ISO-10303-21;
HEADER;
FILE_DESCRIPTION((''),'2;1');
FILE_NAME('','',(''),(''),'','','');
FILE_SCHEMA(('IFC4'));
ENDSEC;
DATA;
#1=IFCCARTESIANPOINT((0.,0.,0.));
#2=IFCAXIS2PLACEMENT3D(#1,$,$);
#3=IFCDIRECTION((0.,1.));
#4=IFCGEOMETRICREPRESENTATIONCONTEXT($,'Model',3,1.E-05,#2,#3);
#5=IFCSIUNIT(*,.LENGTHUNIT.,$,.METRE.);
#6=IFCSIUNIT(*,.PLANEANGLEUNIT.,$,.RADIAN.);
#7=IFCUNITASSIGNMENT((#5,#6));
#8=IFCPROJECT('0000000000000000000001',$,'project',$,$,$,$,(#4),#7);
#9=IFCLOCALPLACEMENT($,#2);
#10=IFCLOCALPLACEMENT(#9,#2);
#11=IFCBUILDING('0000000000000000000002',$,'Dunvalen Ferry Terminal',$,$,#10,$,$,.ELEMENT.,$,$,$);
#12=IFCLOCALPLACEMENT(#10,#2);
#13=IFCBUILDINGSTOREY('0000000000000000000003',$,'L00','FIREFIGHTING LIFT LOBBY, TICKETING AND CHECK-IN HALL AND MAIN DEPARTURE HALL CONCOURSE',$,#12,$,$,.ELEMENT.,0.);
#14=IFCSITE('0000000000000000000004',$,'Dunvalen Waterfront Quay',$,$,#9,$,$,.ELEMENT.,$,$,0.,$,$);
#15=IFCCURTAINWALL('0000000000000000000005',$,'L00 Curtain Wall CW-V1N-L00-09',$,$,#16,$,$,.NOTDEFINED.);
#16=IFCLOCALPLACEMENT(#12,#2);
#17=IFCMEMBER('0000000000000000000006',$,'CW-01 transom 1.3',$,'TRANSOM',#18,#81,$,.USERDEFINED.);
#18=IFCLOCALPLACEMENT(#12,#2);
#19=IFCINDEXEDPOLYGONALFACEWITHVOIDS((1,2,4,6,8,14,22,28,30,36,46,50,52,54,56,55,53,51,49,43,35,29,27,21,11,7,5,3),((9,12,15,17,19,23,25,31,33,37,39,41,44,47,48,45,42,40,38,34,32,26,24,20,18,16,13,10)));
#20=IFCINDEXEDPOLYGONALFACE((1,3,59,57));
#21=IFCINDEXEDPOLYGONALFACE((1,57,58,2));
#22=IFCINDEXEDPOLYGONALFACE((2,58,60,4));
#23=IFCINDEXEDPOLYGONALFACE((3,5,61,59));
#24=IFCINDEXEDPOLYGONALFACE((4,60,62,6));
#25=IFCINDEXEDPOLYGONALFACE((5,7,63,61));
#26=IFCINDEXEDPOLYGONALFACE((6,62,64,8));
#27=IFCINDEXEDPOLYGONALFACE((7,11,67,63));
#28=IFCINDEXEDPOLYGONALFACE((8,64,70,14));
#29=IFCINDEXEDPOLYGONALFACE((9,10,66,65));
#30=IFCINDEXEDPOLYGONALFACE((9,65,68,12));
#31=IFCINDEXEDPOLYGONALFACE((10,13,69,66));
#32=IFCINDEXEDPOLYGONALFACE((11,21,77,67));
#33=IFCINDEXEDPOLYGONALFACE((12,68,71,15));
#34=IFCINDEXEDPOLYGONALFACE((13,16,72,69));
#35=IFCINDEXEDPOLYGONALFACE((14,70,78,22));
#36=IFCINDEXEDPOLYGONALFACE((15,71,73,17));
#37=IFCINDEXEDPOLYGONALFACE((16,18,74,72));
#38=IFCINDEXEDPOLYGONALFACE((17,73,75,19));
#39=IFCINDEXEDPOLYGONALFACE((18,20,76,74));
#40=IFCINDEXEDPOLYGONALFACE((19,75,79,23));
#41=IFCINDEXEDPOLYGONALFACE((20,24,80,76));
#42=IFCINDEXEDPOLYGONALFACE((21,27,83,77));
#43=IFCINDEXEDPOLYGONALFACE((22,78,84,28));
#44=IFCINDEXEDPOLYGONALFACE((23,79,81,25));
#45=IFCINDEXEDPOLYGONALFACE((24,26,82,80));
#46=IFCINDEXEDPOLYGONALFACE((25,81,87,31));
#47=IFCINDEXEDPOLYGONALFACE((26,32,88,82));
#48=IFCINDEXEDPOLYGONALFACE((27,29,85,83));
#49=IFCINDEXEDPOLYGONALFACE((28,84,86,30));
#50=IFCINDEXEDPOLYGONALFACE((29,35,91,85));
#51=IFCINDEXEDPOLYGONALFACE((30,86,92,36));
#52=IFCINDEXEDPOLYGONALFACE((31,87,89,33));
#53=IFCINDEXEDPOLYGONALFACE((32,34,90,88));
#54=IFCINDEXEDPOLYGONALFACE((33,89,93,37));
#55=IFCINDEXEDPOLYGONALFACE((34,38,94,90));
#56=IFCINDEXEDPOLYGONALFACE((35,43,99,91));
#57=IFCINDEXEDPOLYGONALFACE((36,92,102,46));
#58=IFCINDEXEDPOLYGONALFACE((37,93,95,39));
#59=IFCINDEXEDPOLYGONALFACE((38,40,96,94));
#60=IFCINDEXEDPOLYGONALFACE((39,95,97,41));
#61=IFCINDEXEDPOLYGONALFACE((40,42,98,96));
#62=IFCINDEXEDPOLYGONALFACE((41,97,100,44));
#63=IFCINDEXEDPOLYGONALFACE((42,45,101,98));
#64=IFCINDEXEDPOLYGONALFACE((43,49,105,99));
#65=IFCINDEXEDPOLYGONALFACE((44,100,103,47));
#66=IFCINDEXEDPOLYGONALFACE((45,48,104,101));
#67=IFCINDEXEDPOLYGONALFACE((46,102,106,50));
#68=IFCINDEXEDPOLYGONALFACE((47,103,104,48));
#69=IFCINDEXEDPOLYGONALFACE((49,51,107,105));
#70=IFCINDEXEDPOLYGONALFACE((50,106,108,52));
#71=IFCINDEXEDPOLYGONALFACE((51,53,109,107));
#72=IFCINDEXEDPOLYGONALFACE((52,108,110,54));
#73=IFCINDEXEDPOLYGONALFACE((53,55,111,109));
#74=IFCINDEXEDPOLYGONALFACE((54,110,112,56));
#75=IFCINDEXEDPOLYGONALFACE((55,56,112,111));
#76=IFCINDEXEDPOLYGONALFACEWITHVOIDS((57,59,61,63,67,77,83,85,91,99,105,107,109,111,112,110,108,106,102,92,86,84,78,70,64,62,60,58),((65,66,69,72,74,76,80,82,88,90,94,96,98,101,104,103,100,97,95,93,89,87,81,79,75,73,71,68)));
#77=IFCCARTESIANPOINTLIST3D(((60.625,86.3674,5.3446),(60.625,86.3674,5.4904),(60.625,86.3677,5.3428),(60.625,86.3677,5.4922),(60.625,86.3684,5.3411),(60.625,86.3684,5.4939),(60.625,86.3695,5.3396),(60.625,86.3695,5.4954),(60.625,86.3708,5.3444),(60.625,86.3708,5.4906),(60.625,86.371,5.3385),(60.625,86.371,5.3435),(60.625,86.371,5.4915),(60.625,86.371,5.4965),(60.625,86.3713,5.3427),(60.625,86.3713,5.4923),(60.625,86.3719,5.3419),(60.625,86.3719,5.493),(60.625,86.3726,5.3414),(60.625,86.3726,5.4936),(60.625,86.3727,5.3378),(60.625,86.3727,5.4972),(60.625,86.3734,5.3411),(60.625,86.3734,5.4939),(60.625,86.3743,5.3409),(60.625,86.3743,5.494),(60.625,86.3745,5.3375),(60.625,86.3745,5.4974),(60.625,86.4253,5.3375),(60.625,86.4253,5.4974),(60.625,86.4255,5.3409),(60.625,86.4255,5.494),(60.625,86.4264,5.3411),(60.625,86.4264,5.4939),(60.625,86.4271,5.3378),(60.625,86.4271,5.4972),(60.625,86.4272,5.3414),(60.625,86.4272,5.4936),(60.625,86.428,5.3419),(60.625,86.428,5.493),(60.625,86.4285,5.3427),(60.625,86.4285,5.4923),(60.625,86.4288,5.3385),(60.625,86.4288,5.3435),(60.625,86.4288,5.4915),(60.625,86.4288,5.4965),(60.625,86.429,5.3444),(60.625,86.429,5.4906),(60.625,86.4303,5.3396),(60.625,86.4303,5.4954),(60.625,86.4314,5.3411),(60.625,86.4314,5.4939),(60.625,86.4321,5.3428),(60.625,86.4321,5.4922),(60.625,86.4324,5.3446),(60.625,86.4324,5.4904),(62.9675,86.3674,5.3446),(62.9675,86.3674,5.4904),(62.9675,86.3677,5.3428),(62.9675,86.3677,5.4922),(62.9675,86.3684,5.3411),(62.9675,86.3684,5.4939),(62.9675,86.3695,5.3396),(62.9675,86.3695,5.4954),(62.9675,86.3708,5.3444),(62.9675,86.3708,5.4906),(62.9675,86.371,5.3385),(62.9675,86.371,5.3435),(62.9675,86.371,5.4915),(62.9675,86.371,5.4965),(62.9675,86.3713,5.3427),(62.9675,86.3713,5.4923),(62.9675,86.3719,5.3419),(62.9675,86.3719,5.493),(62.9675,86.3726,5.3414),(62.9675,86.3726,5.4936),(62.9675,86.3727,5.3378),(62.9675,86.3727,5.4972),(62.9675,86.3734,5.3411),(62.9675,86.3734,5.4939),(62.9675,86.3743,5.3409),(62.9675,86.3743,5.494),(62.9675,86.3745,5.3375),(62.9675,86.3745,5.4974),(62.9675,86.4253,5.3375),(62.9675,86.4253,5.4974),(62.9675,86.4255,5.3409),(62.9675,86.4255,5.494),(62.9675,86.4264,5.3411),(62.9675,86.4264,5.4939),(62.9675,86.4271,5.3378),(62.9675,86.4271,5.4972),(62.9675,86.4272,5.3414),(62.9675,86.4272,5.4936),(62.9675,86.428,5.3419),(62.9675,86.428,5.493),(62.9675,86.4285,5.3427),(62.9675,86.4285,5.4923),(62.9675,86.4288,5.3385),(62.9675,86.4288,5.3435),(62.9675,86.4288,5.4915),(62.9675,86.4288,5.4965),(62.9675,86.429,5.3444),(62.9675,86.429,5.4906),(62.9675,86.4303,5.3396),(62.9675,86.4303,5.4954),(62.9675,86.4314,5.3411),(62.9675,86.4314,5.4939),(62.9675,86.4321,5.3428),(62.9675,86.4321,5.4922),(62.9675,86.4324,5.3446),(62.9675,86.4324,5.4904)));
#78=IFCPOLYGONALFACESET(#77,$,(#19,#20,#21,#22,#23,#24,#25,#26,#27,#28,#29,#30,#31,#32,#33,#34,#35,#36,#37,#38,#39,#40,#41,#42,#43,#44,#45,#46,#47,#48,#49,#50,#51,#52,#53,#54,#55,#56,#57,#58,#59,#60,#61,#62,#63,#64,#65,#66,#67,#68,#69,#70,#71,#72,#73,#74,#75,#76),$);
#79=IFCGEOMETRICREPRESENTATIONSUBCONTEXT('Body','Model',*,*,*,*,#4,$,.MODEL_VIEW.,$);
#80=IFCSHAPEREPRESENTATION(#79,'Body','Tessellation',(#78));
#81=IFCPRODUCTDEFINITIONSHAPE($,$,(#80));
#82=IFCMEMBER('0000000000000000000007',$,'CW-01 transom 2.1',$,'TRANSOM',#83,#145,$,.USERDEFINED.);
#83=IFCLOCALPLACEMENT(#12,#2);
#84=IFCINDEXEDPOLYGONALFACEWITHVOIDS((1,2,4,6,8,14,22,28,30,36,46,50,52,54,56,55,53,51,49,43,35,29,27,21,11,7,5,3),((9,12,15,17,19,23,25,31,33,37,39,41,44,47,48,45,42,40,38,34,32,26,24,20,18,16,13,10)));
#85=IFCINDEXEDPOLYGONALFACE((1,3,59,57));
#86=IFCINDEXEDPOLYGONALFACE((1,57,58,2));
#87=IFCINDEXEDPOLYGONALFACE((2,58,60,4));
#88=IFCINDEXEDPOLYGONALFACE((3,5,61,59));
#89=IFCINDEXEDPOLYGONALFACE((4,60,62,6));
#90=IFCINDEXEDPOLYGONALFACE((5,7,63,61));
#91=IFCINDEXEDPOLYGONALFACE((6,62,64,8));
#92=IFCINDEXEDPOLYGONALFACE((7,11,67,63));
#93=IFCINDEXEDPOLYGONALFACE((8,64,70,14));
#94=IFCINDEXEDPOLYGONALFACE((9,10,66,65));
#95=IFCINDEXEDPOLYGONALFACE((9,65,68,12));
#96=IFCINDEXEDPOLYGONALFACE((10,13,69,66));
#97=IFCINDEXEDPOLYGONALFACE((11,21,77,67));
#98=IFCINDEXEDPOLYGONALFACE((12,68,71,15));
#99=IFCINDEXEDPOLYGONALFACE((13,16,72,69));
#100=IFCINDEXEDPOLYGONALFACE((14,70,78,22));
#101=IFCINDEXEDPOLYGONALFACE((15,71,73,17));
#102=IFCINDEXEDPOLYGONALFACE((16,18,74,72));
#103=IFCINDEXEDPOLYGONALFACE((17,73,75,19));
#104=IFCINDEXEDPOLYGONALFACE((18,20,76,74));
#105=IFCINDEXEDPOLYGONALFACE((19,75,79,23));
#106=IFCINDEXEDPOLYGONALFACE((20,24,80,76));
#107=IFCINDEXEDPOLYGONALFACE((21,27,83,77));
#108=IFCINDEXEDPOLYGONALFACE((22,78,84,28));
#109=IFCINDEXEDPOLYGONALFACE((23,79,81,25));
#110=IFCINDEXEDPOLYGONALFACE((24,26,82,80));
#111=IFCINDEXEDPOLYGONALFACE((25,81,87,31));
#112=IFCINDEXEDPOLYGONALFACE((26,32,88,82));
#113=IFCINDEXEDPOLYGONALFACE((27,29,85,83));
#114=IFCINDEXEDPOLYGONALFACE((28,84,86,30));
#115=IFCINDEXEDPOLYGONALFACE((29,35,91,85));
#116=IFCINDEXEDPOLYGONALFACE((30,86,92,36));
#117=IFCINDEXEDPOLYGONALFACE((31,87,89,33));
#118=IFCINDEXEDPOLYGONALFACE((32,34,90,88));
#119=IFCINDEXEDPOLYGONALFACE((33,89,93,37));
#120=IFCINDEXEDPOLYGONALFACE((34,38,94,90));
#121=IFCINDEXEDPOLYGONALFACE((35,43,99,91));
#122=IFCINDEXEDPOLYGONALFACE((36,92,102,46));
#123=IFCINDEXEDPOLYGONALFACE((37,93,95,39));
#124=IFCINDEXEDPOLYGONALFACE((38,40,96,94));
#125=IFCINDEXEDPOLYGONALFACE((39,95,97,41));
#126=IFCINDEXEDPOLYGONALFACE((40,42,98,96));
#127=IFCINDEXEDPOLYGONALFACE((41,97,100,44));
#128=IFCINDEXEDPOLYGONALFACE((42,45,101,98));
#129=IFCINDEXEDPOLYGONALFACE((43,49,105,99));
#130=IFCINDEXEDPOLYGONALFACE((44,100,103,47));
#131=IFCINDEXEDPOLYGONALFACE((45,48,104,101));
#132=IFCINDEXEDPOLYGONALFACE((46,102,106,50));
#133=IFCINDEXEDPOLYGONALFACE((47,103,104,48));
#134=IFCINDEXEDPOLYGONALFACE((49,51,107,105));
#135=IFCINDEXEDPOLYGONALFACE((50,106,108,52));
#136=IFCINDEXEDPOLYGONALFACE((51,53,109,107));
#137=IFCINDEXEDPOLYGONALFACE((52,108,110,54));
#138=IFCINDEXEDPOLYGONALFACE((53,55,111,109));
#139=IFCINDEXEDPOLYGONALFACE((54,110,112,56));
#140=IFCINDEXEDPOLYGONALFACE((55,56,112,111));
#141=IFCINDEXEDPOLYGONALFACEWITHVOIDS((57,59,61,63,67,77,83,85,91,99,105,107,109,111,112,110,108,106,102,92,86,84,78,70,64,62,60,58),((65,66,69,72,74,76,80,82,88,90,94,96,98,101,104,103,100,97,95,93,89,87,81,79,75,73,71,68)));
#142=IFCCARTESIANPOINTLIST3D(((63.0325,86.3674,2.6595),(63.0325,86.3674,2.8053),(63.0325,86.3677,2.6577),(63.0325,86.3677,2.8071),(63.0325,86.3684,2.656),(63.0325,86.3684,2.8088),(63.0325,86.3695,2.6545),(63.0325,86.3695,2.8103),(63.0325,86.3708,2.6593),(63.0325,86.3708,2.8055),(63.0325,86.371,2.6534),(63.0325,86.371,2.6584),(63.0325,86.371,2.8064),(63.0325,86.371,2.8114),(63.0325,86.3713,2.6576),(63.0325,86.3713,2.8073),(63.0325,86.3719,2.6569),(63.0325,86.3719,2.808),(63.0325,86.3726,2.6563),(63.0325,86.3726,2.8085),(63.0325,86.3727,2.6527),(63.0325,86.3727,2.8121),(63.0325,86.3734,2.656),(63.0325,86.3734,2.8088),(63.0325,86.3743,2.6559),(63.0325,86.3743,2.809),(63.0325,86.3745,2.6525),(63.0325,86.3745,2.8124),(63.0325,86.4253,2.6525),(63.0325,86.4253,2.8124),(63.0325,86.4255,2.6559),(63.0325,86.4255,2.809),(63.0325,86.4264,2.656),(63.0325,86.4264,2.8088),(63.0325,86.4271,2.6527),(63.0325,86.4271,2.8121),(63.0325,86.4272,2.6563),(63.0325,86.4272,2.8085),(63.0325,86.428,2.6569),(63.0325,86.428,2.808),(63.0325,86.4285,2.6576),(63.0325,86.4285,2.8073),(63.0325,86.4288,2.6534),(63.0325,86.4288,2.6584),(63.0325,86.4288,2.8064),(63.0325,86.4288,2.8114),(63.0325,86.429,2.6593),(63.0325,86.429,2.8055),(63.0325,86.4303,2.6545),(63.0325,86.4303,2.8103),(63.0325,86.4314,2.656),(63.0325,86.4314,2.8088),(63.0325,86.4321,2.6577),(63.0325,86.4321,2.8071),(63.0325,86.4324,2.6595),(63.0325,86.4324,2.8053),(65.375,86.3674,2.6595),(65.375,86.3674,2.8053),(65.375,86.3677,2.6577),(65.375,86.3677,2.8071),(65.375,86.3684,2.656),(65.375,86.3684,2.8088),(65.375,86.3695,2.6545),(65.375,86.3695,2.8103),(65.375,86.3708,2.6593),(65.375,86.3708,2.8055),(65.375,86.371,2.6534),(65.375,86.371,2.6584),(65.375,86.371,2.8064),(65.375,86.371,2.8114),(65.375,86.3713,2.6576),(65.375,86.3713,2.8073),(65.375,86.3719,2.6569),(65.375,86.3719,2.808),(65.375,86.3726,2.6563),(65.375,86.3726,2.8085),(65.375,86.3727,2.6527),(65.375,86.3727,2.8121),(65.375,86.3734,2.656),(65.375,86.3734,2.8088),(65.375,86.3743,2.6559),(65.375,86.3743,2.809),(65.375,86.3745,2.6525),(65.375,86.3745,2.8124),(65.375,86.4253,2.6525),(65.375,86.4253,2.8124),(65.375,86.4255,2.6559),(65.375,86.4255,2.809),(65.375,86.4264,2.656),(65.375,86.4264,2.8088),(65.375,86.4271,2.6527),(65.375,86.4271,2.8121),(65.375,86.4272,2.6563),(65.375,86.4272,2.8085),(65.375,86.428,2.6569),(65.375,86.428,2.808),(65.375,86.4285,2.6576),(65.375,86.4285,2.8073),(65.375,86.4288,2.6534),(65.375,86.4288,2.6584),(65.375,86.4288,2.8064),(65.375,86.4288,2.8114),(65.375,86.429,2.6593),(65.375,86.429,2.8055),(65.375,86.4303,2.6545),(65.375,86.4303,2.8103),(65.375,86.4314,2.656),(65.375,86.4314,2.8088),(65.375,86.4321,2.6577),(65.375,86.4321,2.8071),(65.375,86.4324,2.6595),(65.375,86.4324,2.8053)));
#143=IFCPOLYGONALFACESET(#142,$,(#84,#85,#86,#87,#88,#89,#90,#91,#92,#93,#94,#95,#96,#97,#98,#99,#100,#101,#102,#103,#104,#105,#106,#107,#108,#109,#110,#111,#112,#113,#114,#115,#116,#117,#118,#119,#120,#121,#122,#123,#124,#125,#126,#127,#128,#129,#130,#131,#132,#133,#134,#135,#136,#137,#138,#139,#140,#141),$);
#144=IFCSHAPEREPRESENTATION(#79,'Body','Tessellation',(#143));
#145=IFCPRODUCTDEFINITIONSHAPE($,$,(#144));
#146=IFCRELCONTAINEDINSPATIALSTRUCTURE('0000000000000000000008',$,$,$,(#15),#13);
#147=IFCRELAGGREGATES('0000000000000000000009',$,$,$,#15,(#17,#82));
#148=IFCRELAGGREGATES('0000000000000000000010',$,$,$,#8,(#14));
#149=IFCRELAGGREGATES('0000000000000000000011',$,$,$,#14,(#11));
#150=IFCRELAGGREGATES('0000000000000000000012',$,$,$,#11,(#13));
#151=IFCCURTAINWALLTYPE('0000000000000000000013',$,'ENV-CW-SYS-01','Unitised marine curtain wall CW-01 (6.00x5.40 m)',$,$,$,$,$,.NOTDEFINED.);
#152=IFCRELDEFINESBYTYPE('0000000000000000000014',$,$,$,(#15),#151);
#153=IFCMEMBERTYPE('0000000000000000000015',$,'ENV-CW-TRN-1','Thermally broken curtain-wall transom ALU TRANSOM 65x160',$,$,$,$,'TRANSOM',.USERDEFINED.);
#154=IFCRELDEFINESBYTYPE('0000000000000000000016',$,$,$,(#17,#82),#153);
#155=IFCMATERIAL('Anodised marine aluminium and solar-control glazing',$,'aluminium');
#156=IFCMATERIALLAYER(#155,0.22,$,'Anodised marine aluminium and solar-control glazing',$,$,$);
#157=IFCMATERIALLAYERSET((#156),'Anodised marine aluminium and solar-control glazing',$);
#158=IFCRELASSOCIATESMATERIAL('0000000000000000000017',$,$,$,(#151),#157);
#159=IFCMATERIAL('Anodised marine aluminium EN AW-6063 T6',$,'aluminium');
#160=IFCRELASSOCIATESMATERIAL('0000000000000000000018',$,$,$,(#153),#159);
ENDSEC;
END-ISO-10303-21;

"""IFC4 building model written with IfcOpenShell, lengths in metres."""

from ifc_helpers import new_model, si_unit, direction, frame, origin, origin_2d, place, context, subcontext, project, spatial, hollow_rectangle, extrude, material, layer, layer_set, material_profile, profile_set, type_object, element, aggregate, save


model = new_model("IFC4")

# Units and contexts
model_context = context("Model", 3, precision=1e-05, world=origin(), true_north=direction((0.0, 1.0)))
body_context = subcontext(model_context, "Body", "Model", "MODEL_VIEW")
ifc_project = project(units=[si_unit("LENGTHUNIT", "METRE"), si_unit("PLANEANGLEUNIT", "RADIAN")], contexts=[model_context])

# Site, building, storey
site_placement = place(None, origin())
site = spatial("IfcSite", under=ifc_project, at=site_placement, Name="Dunvalen Waterfront Quay", CompositionType="ELEMENT", RefElevation=0.0)
building_placement = place(site_placement, origin())
building = spatial("IfcBuilding", under=site, at=building_placement, Name="Dunvalen Ferry Terminal", CompositionType="ELEMENT")
storey_placement = place(building_placement, origin())
storey = spatial("IfcBuildingStorey", under=building, at=storey_placement, Name="L00", Description="FIREFIGHTING LIFT LOBBY, TICKETING AND CHECK-IN HALL AND MAIN DEPARTURE HALL CONCOURSE", CompositionType="ELEMENT", Elevation=0.0)

# Curtain wall
ifc_material_1 = material(Name="Anodised marine aluminium and solar-control glazing", Category="aluminium")
ifc_layer_1 = layer(ifc_material_1, 0.22, Name="Anodised marine aluminium and solar-control glazing")
ifc_layer_set_1 = layer_set([ifc_layer_1], Name="Anodised marine aluminium and solar-control glazing")
curtain_wall_type = type_object("IfcCurtainWallType", Name="ENV-CW-SYS-01", Description="Unitised marine curtain wall CW-01 (6.00x5.40 m)", PredefinedType="NOTDEFINED", material=ifc_layer_set_1)
curtain_wall_1_placement = place(storey_placement, origin())
curtain_wall_1 = element("IfcCurtainWall", 1, at=curtain_wall_1_placement, inside=storey, type_object=curtain_wall_type, Name="L00 Curtain Wall CW-V1N-L00-09", PredefinedType="NOTDEFINED")
ifc_material_2 = material(Name="Anodised marine aluminium EN AW-6063 T6", Category="aluminium")

# Members
ifc_material_profile_1 = material_profile(ifc_material_2, hollow_rectangle(XDim=0.0649, YDim=0.1599, WallThickness=0.0034, InnerFilletRadius=0.0034, OuterFilletRadius=0.0071, at=origin_2d()), Name="Anodised marine aluminium EN AW-6063 T6")
ifc_profile_set_1 = profile_set([ifc_material_profile_1], Name="Anodised marine aluminium EN AW-6063 T6")
member_type_1 = type_object("IfcMemberType", Name="ENV-CW-TRN-1", Description="Thermally broken curtain-wall transom ALU TRANSOM 65x160", ElementType="TRANSOM", PredefinedType="USERDEFINED", material=ifc_profile_set_1)
member_1_placement = place(storey_placement, frame((60.625, 86.3999, 5.4175), z_axis=(1.0, 0.0, 0.0), x_axis=(0.0, 1.0, 0.0)))
member_1 = element("IfcMember", 2, at=member_1_placement, type_object=member_type_1, Name="CW-01 transom 1.3", ObjectType="TRANSOM", PredefinedType="USERDEFINED", context=body_context, shape_type="SweptSolid", body=[
    extrude(hollow_rectangle(XDim=0.0649, YDim=0.1599, WallThickness=0.0034, InnerFilletRadius=0.0034, OuterFilletRadius=0.0071, at=origin_2d()), origin(), (0.0, 0.0, 1.0), 2.3425),
])
member_2_placement = place(storey_placement, frame((63.0325, 86.3999, 2.7324), z_axis=(1.0, 0.0, 0.0), x_axis=(0.0, 1.0, 0.0)))
member_2 = element("IfcMember", 3, at=member_2_placement, type_object=member_type_1, Name="CW-01 transom 2.1", ObjectType="TRANSOM", PredefinedType="USERDEFINED", context=body_context, shape_type="SweptSolid", body=[
    extrude(hollow_rectangle(XDim=0.0649, YDim=0.1599, WallThickness=0.0034, InnerFilletRadius=0.0034, OuterFilletRadius=0.0071, at=origin_2d()), origin(), (0.0, 0.0, 1.0), 2.3425),
])

aggregate(curtain_wall_1, [member_1, member_2])

save(model, "model.ifc")
